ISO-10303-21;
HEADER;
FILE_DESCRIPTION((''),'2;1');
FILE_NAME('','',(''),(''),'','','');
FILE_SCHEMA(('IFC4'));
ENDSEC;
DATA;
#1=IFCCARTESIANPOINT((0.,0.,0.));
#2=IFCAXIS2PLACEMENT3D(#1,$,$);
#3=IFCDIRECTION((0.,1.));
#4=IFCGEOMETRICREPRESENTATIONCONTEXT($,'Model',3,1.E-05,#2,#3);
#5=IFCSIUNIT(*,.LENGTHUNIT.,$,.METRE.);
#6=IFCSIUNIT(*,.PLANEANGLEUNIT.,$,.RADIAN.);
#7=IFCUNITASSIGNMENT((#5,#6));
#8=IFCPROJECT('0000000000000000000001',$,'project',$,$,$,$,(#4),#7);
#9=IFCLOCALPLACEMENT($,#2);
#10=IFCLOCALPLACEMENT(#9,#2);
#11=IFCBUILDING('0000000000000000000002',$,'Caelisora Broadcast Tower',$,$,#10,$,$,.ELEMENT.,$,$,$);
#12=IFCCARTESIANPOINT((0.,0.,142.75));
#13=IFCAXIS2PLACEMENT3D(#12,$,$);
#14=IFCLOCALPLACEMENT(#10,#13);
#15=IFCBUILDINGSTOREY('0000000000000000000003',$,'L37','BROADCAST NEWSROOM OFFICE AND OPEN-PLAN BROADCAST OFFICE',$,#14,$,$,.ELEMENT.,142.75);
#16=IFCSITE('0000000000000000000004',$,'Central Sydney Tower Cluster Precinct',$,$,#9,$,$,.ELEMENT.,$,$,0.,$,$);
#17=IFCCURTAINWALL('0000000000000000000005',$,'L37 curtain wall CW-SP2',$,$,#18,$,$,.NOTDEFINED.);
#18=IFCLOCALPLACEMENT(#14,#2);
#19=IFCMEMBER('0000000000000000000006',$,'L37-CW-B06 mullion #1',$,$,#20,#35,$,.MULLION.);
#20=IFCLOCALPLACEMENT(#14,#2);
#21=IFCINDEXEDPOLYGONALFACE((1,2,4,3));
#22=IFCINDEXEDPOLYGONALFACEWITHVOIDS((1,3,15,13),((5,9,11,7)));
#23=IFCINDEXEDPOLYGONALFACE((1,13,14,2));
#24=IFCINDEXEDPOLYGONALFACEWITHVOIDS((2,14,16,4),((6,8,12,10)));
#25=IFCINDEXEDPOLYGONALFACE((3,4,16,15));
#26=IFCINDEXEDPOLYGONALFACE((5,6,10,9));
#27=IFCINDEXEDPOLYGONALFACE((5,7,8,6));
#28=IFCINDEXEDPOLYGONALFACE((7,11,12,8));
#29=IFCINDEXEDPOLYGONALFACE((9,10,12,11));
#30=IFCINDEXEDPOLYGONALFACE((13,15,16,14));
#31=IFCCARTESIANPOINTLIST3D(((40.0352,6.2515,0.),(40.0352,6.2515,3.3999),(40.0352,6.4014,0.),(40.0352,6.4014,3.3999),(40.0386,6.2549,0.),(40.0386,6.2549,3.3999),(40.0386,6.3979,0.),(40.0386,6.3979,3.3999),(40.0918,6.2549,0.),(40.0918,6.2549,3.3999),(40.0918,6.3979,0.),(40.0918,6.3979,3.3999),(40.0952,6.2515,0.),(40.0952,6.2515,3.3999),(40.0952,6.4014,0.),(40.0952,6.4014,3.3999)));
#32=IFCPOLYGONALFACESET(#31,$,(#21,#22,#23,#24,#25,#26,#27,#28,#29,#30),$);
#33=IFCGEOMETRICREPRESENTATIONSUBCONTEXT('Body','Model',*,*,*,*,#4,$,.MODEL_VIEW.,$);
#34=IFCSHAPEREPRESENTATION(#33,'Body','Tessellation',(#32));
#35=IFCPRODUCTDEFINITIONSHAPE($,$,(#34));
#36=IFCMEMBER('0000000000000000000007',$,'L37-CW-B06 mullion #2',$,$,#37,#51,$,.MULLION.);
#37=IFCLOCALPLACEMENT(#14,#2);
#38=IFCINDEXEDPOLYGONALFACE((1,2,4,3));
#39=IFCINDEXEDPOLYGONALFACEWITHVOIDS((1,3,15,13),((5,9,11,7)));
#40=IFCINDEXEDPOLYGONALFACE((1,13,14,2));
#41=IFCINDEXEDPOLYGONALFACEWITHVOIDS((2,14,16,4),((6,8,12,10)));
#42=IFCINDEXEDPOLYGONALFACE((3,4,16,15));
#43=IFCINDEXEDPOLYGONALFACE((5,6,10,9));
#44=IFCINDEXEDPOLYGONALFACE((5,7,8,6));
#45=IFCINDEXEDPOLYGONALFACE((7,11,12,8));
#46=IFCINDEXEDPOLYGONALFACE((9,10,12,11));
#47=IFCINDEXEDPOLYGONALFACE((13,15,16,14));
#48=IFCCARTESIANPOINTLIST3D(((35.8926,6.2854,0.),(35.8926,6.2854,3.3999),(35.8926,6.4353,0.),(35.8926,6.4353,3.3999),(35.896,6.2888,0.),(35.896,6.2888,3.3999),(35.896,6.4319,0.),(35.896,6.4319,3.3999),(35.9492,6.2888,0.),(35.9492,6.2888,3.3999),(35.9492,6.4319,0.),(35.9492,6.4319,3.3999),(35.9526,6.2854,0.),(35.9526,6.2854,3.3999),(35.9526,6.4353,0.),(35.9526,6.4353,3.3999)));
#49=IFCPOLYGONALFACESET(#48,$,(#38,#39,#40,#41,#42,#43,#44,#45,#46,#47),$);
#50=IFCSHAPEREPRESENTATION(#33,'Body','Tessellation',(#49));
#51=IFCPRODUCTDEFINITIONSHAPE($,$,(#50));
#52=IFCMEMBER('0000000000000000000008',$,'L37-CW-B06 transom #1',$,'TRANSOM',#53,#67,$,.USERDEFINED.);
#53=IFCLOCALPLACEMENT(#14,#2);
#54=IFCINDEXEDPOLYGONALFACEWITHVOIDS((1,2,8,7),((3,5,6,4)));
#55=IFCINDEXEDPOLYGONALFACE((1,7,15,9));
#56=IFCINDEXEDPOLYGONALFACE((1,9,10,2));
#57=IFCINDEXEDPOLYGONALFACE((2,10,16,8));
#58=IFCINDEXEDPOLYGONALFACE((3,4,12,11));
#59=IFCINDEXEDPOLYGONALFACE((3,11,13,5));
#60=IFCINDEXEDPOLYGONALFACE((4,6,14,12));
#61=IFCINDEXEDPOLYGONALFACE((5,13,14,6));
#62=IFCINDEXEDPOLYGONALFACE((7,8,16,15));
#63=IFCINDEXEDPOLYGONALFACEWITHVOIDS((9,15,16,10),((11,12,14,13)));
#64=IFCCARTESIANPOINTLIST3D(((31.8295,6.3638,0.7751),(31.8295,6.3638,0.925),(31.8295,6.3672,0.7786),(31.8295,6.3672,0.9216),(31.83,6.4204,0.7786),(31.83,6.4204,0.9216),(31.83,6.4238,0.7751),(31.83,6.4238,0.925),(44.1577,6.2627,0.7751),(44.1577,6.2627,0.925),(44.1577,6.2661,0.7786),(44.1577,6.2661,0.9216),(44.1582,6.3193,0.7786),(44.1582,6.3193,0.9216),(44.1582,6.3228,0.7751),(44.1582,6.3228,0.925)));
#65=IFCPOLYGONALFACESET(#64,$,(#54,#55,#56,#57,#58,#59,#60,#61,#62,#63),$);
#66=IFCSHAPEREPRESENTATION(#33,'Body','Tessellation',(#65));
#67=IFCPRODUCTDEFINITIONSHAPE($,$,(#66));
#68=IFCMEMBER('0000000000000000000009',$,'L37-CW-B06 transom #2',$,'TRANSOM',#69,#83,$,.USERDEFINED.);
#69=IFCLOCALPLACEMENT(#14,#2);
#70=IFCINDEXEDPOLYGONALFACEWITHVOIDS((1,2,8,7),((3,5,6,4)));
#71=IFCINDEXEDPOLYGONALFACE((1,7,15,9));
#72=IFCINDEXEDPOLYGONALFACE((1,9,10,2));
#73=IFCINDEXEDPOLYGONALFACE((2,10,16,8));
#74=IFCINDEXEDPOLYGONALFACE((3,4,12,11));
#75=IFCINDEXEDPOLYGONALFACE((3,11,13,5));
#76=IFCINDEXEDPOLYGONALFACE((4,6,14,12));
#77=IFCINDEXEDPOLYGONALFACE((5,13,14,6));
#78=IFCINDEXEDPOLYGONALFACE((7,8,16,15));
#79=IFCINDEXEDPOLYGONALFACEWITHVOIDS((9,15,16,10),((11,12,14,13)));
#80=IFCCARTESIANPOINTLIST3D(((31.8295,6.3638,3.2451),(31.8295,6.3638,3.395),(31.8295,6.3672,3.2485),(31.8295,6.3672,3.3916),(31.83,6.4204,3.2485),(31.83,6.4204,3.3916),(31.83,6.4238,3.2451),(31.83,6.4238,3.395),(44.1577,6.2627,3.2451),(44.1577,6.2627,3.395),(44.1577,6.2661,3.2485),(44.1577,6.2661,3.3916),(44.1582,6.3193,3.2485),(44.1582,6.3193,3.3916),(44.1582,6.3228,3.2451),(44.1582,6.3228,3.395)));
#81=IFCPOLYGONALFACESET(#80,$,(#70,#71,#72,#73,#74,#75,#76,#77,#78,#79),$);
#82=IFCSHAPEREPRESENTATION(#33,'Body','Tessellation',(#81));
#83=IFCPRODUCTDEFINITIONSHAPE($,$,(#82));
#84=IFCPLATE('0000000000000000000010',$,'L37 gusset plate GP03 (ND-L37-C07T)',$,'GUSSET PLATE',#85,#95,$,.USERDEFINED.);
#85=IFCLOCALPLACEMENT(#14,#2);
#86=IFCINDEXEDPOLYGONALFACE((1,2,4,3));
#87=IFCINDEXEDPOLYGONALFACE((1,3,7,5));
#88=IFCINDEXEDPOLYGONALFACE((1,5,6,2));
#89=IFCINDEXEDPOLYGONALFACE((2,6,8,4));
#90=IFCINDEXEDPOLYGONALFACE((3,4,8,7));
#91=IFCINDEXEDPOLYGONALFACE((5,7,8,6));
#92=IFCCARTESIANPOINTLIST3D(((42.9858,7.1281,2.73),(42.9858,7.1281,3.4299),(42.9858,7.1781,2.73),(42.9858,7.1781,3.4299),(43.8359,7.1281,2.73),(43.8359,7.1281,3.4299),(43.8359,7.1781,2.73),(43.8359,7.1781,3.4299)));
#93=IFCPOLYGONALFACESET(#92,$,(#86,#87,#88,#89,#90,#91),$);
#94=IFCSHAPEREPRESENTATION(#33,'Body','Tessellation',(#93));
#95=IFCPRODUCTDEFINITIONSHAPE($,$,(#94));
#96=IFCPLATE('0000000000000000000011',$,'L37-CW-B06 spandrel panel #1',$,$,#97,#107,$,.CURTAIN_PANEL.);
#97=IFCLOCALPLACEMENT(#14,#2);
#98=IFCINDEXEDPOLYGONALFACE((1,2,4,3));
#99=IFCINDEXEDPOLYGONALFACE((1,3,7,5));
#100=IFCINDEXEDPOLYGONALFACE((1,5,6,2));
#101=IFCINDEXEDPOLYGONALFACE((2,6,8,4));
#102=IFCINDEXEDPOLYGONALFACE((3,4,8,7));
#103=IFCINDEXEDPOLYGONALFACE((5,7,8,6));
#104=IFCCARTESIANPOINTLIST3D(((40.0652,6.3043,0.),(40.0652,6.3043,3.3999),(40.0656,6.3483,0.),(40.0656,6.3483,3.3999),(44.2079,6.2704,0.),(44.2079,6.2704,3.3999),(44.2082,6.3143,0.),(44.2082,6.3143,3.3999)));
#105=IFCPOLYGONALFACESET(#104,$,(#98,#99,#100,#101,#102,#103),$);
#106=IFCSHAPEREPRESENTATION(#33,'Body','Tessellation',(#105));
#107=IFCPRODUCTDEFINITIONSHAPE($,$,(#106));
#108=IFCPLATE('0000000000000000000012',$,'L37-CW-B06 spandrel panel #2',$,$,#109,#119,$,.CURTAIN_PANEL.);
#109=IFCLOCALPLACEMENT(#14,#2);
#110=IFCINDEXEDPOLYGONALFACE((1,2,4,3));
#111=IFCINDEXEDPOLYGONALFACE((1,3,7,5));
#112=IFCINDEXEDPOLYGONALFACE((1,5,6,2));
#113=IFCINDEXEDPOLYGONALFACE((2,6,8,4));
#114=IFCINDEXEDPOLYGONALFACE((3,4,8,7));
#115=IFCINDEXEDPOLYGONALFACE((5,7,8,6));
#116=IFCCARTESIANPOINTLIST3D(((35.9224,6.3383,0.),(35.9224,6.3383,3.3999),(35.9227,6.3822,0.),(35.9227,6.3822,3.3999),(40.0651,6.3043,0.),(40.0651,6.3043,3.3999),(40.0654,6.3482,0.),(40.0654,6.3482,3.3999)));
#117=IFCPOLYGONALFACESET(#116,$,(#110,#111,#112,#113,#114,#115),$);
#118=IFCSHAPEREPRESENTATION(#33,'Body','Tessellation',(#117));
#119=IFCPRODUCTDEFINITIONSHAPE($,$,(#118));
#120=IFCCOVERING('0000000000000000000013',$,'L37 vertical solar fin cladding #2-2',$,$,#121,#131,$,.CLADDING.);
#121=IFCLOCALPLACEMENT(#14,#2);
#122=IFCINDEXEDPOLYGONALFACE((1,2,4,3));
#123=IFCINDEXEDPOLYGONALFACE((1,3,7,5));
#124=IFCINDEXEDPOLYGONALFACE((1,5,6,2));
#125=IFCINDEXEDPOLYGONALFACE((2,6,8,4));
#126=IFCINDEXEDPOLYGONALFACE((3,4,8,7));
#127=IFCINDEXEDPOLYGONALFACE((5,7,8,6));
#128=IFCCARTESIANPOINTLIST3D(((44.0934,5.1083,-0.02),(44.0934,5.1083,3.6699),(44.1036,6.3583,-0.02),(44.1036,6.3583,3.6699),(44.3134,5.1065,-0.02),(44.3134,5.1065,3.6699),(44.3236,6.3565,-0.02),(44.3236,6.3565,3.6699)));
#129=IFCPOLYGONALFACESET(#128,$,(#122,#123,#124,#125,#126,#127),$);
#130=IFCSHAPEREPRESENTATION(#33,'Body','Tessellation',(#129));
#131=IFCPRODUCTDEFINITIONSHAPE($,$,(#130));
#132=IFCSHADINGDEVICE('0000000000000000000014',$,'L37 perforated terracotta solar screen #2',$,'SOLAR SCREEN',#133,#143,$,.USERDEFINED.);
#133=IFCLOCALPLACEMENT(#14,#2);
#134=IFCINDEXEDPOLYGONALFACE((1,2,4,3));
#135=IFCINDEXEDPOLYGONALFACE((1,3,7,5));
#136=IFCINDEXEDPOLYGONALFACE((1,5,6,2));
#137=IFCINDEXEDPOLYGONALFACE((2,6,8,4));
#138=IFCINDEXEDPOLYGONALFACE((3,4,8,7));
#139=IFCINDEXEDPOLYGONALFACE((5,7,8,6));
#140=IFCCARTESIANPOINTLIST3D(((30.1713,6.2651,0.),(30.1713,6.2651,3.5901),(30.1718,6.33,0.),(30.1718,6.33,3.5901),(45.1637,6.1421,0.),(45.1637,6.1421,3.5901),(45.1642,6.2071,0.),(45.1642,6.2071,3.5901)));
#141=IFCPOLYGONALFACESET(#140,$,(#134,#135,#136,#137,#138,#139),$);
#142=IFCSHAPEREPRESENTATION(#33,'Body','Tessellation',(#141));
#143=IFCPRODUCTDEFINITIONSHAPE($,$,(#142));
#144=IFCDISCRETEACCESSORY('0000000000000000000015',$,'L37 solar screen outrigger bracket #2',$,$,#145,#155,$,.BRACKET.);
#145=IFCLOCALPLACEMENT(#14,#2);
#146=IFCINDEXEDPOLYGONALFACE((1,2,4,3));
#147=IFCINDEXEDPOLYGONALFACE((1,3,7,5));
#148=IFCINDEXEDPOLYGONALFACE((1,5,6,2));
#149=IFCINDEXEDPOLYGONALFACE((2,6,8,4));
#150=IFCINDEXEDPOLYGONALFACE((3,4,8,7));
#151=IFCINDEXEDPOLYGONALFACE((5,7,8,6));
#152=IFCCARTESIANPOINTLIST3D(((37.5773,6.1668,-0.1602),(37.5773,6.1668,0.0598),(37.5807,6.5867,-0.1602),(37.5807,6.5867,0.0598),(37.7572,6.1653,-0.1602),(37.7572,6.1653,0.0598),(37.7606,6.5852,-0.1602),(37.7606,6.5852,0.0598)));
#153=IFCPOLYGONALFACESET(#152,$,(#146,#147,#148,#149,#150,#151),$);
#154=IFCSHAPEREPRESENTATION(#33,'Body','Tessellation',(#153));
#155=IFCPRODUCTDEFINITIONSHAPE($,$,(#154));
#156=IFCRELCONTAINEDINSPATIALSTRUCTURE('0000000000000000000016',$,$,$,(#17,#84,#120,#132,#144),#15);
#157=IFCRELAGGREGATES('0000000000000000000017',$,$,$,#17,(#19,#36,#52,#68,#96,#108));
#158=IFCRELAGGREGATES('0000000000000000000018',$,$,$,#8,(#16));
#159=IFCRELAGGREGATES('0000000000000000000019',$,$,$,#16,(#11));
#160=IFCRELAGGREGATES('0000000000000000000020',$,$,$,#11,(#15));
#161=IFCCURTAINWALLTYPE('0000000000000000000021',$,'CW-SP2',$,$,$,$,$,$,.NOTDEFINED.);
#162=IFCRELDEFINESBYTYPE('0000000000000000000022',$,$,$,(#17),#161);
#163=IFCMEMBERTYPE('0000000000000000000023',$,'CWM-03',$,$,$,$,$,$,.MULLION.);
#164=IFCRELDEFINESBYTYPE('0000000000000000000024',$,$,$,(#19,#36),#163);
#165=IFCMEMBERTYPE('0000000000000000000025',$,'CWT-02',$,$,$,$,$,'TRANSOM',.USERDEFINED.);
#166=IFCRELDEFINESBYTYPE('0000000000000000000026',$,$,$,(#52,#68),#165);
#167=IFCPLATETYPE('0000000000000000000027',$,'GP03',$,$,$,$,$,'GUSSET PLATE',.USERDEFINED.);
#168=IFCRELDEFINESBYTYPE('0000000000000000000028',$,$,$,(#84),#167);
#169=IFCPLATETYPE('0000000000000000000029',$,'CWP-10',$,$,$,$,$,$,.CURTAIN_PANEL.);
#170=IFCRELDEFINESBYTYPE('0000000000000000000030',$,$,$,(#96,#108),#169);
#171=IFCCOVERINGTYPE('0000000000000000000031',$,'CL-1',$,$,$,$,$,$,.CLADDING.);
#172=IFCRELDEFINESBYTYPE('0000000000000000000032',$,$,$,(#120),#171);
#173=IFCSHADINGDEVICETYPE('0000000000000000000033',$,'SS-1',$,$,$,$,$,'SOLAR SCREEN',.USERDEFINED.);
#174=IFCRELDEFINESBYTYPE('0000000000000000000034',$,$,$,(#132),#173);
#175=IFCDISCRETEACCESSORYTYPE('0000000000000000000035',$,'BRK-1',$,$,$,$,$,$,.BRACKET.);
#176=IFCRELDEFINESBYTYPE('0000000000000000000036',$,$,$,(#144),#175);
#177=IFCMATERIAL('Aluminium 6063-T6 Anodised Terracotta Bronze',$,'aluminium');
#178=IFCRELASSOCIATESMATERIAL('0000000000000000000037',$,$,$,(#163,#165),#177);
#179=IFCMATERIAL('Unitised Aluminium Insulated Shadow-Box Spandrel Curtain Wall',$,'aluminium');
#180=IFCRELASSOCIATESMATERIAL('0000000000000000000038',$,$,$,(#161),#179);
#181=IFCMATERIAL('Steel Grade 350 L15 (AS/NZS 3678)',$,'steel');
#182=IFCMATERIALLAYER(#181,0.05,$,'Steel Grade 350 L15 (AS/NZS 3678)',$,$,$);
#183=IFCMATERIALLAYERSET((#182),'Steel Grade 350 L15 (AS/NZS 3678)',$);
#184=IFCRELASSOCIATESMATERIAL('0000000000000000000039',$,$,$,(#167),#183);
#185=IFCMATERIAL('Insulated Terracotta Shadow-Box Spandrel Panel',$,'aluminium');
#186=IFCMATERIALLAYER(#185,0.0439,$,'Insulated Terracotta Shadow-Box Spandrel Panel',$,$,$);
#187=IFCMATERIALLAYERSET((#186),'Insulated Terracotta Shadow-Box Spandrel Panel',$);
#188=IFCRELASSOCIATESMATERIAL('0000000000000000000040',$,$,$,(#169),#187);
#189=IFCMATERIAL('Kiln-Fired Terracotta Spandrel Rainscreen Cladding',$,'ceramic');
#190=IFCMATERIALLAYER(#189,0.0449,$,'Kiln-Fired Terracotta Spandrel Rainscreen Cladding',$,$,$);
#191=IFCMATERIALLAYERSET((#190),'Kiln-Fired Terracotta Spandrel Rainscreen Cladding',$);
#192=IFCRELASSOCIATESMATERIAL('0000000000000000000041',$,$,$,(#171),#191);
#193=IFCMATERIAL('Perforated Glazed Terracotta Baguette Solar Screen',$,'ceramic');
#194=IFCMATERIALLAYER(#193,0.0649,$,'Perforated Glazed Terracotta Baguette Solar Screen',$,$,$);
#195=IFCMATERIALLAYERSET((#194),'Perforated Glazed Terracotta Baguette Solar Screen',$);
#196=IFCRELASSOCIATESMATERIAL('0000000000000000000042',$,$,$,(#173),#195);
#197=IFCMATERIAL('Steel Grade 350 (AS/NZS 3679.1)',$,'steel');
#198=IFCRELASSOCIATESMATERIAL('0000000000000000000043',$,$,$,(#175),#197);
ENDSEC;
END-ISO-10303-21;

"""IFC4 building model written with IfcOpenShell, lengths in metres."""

from ifc_helpers import new_model, si_unit, direction, frame, origin, origin_2d, place, context, subcontext, project, spatial, rectangle, hollow_rectangle, extrude, source, transform, mapped, material, layer, layer_set, material_profile, profile_set, type_object, type_shapes, element, aggregate, save


model = new_model("IFC4")

# Units and contexts
model_context = context("Model", 3, precision=1e-05, world=origin(), true_north=direction((0.0, 1.0)))
body_context = subcontext(model_context, "Body", "Model", "MODEL_VIEW")
ifc_project = project(units=[si_unit("LENGTHUNIT", "METRE"), si_unit("PLANEANGLEUNIT", "RADIAN")], contexts=[model_context])

# Site, building, storey
site_placement = place(None, origin())
site = spatial("IfcSite", under=ifc_project, at=site_placement, Name="Central Sydney Tower Cluster Precinct", CompositionType="ELEMENT", RefElevation=0.0)
building_placement = place(site_placement, origin())
building = spatial("IfcBuilding", under=site, at=building_placement, Name="Caelisora Broadcast Tower", CompositionType="ELEMENT")
storey_placement = place(building_placement, frame((0.0, 0.0, 142.75)))
storey = spatial("IfcBuildingStorey", under=building, at=storey_placement, Name="L37", Description="BROADCAST NEWSROOM OFFICE AND OPEN-PLAN BROADCAST OFFICE", CompositionType="ELEMENT", Elevation=142.75)

# Shared definitions
ifc_material_1 = material(Name="Steel Grade 350 L15 (AS/NZS 3678)", Category="steel")

# Shared definitions
ifc_material_2 = material(Name="Steel Grade 350 (AS/NZS 3679.1)", Category="steel")

# Shared definitions
ifc_material_3 = material(Name="Aluminium 6063-T6 Anodised Terracotta Bronze", Category="aluminium")
ifc_material_profile_1 = material_profile(ifc_material_3, hollow_rectangle(XDim=0.0601, YDim=0.1499, WallThickness=0.0034, at=origin_2d()), Name="Aluminium 6063-T6 Anodised Terracotta Bronze")
ifc_profile_set_1 = profile_set([ifc_material_profile_1], Name="Aluminium 6063-T6 Anodised Terracotta Bronze")
member_type_1 = type_object("IfcMemberType", Name="CWM-03", PredefinedType="MULLION", material=ifc_profile_set_1)
shared_shape_1 = source(origin(), body_context, "Body", "SweptSolid", [
    extrude(hollow_rectangle(XDim=0.0601, YDim=0.1499, WallThickness=0.0034, at=origin_2d()), origin(), (0.0, 0.0, 1.0), 3.3999),
])
type_shapes(member_type_1, [shared_shape_1])

# Curtain wall, members
ifc_material_4 = material(Name="Unitised Aluminium Insulated Shadow-Box Spandrel Curtain Wall", Category="aluminium")
curtain_wall_type_1 = type_object("IfcCurtainWallType", Name="CW-SP2", PredefinedType="NOTDEFINED", material=ifc_material_4)
curtain_wall_1_placement = place(storey_placement, origin())
curtain_wall_1 = element("IfcCurtainWall", 1, at=curtain_wall_1_placement, inside=storey, type_object=curtain_wall_type_1, Name="L37 curtain wall CW-SP2", PredefinedType="NOTDEFINED")
member_1_placement = place(storey_placement, frame((40.0652, 6.3264, 0.0), z_axis=(0.0, 0.0, 1.0), x_axis=(1.0, 0.0, 0.0)))
member_1 = element("IfcMember", 2, at=member_1_placement, type_object=member_type_1, Name="L37-CW-B06 mullion #1", PredefinedType="MULLION", context=body_context, shape_type="MappedRepresentation", body=[
    mapped(shared_shape_1, transform((0.0, 0.0, 0.0), scale=1.0)),
])
member_2_placement = place(storey_placement, frame((35.9226, 6.3604, 0.0), z_axis=(0.0, 0.0, 1.0), x_axis=(1.0, 0.0, 0.0)))
member_2 = element("IfcMember", 3, at=member_2_placement, type_object=member_type_1, Name="L37-CW-B06 mullion #2", PredefinedType="MULLION", context=body_context, shape_type="MappedRepresentation", body=[
    mapped(shared_shape_1, transform((0.0, 0.0, 0.0), scale=1.0)),
])
ifc_material_profile_2 = material_profile(ifc_material_3, hollow_rectangle(XDim=0.0601, YDim=0.1499, WallThickness=0.0034, at=origin_2d()), Name="Aluminium 6063-T6 Anodised Terracotta Bronze")
ifc_profile_set_2 = profile_set([ifc_material_profile_2], Name="Aluminium 6063-T6 Anodised Terracotta Bronze")
member_type_2 = type_object("IfcMemberType", Name="CWT-02", ElementType="TRANSOM", PredefinedType="USERDEFINED", material=ifc_profile_set_2)
shared_shape_2 = source(origin(), body_context, "Body", "SweptSolid", [
    extrude(hollow_rectangle(XDim=0.0601, YDim=0.1499, WallThickness=0.0034, at=origin_2d()), origin(), (0.0, 0.0, 1.0), 12.3286),
])
type_shapes(member_type_2, [shared_shape_2])
member_3_placement = place(storey_placement, frame((44.158, 6.2927, 0.8501), z_axis=(-0.999966, 0.008198, 0.0), x_axis=(-0.008198, -0.999966, 0.0)))
member_3 = element("IfcMember", 4, at=member_3_placement, type_object=member_type_2, Name="L37-CW-B06 transom #1", ObjectType="TRANSOM", PredefinedType="USERDEFINED", context=body_context, shape_type="MappedRepresentation", body=[
    mapped(shared_shape_2, transform((0.0, 0.0, 0.0), scale=1.0)),
])
member_4_placement = place(storey_placement, frame((44.158, 6.2927, 3.3201), z_axis=(-0.999966, 0.008198, 0.0), x_axis=(-0.008198, -0.999966, 0.0)))
member_4 = element("IfcMember", 5, at=member_4_placement, type_object=member_type_2, Name="L37-CW-B06 transom #2", ObjectType="TRANSOM", PredefinedType="USERDEFINED", context=body_context, shape_type="MappedRepresentation", body=[
    mapped(shared_shape_2, transform((0.0, 0.0, 0.0), scale=1.0)),
])

# Plates
ifc_layer_1 = layer(ifc_material_1, 0.05, Name="Steel Grade 350 L15 (AS/NZS 3678)")
ifc_layer_set_1 = layer_set([ifc_layer_1], Name="Steel Grade 350 L15 (AS/NZS 3678)")
plate_type_1 = type_object("IfcPlateType", Name="GP03", ElementType="GUSSET PLATE", PredefinedType="USERDEFINED", material=ifc_layer_set_1)
shared_shape_3 = source(origin(), body_context, "Body", "SweptSolid", [
    extrude(rectangle(XDim=0.8501, YDim=0.05, at=origin_2d()), origin(), (0.0, 0.0, 1.0), 0.7),
])
type_shapes(plate_type_1, [shared_shape_3])
plate_1_placement = place(storey_placement, frame((43.4109, 7.1531, 2.73), z_axis=(0.0, 0.0, 1.0), x_axis=(1.0, 0.0, 0.0)))
element("IfcPlate", 6, at=plate_1_placement, inside=storey, type_object=plate_type_1, Name="L37 gusset plate GP03 (ND-L37-C07T)", ObjectType="GUSSET PLATE", PredefinedType="USERDEFINED", context=body_context, shape_type="MappedRepresentation", body=[
    mapped(shared_shape_3, transform((0.0, 0.0, 0.0), scale=1.0)),
])
ifc_material_5 = material(Name="Insulated Terracotta Shadow-Box Spandrel Panel", Category="aluminium")
ifc_layer_2 = layer(ifc_material_5, 0.0439, Name="Insulated Terracotta Shadow-Box Spandrel Panel")
ifc_layer_set_2 = layer_set([ifc_layer_2], Name="Insulated Terracotta Shadow-Box Spandrel Panel")
plate_type_2 = type_object("IfcPlateType", Name="CWP-10", PredefinedType="CURTAIN_PANEL", material=ifc_layer_set_2)
shared_shape_4 = source(origin(), body_context, "Body", "SweptSolid", [
    extrude(rectangle(XDim=4.1428, YDim=0.0439, at=origin_2d()), origin(), (0.0, 0.0, 1.0), 3.3999),
])
type_shapes(plate_type_2, [shared_shape_4])
plate_2_placement = place(storey_placement, frame((42.1367, 6.3093, 0.0), z_axis=(0.0, 0.0, 1.0), x_axis=(-0.999966, 0.008203, 0.0)))
plate_2 = element("IfcPlate", 7, at=plate_2_placement, type_object=plate_type_2, Name="L37-CW-B06 spandrel panel #1", PredefinedType="CURTAIN_PANEL", context=body_context, shape_type="MappedRepresentation", body=[
    mapped(shared_shape_4, transform((0.0, 0.0, 0.0), scale=1.0)),
])
plate_3_placement = place(storey_placement, frame((37.9939, 6.3433, 0.0), z_axis=(0.0, 0.0, 1.0), x_axis=(-0.999966, 0.008203, 0.0)))
plate_3 = element("IfcPlate", 8, at=plate_3_placement, type_object=plate_type_2, Name="L37-CW-B06 spandrel panel #2", PredefinedType="CURTAIN_PANEL", context=body_context, shape_type="MappedRepresentation", body=[
    mapped(shared_shape_4, transform((0.0, 0.0, 0.0), scale=1.0)),
])
aggregate(curtain_wall_1, [member_1, member_2, member_3, member_4, plate_2, plate_3])

# Covering
ifc_material_6 = material(Name="Kiln-Fired Terracotta Spandrel Rainscreen Cladding", Category="ceramic")
ifc_layer_3 = layer(ifc_material_6, 0.0449, Name="Kiln-Fired Terracotta Spandrel Rainscreen Cladding")
ifc_layer_set_3 = layer_set([ifc_layer_3], Name="Kiln-Fired Terracotta Spandrel Rainscreen Cladding")
covering_type = type_object("IfcCoveringType", Name="CL-1", PredefinedType="CLADDING", material=ifc_layer_set_3)
shared_shape_5 = source(origin(), body_context, "Body", "SweptSolid", [
    extrude(rectangle(XDim=0.22, YDim=1.25, at=origin_2d()), origin(), (0.0, 0.0, 1.0), 3.6899),
])
type_shapes(covering_type, [shared_shape_5])
covering_placement = place(storey_placement, frame((44.2085, 5.7324, -0.02), z_axis=(0.0, 0.0, 1.0), x_axis=(-0.999966, 0.008203, 0.0)))
element("IfcCovering", 9, at=covering_placement, inside=storey, type_object=covering_type, Name="L37 vertical solar fin cladding #2-2", PredefinedType="CLADDING", context=body_context, shape_type="MappedRepresentation", body=[
    mapped(shared_shape_5, transform((0.0, 0.0, 0.0), scale=1.0)),
])

# Shading device
ifc_material_7 = material(Name="Perforated Glazed Terracotta Baguette Solar Screen", Category="ceramic")
ifc_layer_4 = layer(ifc_material_7, 0.0649, Name="Perforated Glazed Terracotta Baguette Solar Screen")
ifc_layer_set_4 = layer_set([ifc_layer_4], Name="Perforated Glazed Terracotta Baguette Solar Screen")
shading_device_type = type_object("IfcShadingDeviceType", Name="SS-1", ElementType="SOLAR SCREEN", PredefinedType="USERDEFINED", material=ifc_layer_set_4)
shared_shape_6 = source(origin(), body_context, "Body", "SweptSolid", [
    extrude(rectangle(XDim=14.9929, YDim=0.0649, at=origin_2d()), origin(), (0.0, 0.0, 1.0), 3.5901),
])
type_shapes(shading_device_type, [shared_shape_6])
shading_device_placement = place(storey_placement, frame((37.6677, 6.2361, 0.0), z_axis=(0.0, 0.0, 1.0), x_axis=(0.999966, -0.008203, 0.0)))
element("IfcShadingDevice", 10, at=shading_device_placement, inside=storey, type_object=shading_device_type, Name="L37 perforated terracotta solar screen #2", ObjectType="SOLAR SCREEN", PredefinedType="USERDEFINED", context=body_context, shape_type="MappedRepresentation", body=[
    mapped(shared_shape_6, transform((0.0, 0.0, 0.0), scale=1.0)),
])

# Discrete accessory
discrete_accessory_type = type_object("IfcDiscreteAccessoryType", Name="BRK-1", PredefinedType="BRACKET", material=ifc_material_2)
shared_shape_7 = source(origin(), body_context, "Body", "SweptSolid", [
    extrude(rectangle(XDim=0.1799, YDim=0.4199, at=origin_2d()), origin(), (0.0, 0.0, 1.0), 0.22),
])
type_shapes(discrete_accessory_type, [shared_shape_7])
discrete_accessory_placement = place(storey_placement, frame((37.6689, 6.376, -0.1602), z_axis=(0.0, 0.0, 1.0), x_axis=(0.999966, -0.008203, 0.0)))
element("IfcDiscreteAccessory", 11, at=discrete_accessory_placement, inside=storey, type_object=discrete_accessory_type, Name="L37 solar screen outrigger bracket #2", PredefinedType="BRACKET", context=body_context, shape_type="MappedRepresentation", body=[
    mapped(shared_shape_7, transform((0.0, 0.0, 0.0), scale=1.0)),
])

save(model, "model.ifc")
